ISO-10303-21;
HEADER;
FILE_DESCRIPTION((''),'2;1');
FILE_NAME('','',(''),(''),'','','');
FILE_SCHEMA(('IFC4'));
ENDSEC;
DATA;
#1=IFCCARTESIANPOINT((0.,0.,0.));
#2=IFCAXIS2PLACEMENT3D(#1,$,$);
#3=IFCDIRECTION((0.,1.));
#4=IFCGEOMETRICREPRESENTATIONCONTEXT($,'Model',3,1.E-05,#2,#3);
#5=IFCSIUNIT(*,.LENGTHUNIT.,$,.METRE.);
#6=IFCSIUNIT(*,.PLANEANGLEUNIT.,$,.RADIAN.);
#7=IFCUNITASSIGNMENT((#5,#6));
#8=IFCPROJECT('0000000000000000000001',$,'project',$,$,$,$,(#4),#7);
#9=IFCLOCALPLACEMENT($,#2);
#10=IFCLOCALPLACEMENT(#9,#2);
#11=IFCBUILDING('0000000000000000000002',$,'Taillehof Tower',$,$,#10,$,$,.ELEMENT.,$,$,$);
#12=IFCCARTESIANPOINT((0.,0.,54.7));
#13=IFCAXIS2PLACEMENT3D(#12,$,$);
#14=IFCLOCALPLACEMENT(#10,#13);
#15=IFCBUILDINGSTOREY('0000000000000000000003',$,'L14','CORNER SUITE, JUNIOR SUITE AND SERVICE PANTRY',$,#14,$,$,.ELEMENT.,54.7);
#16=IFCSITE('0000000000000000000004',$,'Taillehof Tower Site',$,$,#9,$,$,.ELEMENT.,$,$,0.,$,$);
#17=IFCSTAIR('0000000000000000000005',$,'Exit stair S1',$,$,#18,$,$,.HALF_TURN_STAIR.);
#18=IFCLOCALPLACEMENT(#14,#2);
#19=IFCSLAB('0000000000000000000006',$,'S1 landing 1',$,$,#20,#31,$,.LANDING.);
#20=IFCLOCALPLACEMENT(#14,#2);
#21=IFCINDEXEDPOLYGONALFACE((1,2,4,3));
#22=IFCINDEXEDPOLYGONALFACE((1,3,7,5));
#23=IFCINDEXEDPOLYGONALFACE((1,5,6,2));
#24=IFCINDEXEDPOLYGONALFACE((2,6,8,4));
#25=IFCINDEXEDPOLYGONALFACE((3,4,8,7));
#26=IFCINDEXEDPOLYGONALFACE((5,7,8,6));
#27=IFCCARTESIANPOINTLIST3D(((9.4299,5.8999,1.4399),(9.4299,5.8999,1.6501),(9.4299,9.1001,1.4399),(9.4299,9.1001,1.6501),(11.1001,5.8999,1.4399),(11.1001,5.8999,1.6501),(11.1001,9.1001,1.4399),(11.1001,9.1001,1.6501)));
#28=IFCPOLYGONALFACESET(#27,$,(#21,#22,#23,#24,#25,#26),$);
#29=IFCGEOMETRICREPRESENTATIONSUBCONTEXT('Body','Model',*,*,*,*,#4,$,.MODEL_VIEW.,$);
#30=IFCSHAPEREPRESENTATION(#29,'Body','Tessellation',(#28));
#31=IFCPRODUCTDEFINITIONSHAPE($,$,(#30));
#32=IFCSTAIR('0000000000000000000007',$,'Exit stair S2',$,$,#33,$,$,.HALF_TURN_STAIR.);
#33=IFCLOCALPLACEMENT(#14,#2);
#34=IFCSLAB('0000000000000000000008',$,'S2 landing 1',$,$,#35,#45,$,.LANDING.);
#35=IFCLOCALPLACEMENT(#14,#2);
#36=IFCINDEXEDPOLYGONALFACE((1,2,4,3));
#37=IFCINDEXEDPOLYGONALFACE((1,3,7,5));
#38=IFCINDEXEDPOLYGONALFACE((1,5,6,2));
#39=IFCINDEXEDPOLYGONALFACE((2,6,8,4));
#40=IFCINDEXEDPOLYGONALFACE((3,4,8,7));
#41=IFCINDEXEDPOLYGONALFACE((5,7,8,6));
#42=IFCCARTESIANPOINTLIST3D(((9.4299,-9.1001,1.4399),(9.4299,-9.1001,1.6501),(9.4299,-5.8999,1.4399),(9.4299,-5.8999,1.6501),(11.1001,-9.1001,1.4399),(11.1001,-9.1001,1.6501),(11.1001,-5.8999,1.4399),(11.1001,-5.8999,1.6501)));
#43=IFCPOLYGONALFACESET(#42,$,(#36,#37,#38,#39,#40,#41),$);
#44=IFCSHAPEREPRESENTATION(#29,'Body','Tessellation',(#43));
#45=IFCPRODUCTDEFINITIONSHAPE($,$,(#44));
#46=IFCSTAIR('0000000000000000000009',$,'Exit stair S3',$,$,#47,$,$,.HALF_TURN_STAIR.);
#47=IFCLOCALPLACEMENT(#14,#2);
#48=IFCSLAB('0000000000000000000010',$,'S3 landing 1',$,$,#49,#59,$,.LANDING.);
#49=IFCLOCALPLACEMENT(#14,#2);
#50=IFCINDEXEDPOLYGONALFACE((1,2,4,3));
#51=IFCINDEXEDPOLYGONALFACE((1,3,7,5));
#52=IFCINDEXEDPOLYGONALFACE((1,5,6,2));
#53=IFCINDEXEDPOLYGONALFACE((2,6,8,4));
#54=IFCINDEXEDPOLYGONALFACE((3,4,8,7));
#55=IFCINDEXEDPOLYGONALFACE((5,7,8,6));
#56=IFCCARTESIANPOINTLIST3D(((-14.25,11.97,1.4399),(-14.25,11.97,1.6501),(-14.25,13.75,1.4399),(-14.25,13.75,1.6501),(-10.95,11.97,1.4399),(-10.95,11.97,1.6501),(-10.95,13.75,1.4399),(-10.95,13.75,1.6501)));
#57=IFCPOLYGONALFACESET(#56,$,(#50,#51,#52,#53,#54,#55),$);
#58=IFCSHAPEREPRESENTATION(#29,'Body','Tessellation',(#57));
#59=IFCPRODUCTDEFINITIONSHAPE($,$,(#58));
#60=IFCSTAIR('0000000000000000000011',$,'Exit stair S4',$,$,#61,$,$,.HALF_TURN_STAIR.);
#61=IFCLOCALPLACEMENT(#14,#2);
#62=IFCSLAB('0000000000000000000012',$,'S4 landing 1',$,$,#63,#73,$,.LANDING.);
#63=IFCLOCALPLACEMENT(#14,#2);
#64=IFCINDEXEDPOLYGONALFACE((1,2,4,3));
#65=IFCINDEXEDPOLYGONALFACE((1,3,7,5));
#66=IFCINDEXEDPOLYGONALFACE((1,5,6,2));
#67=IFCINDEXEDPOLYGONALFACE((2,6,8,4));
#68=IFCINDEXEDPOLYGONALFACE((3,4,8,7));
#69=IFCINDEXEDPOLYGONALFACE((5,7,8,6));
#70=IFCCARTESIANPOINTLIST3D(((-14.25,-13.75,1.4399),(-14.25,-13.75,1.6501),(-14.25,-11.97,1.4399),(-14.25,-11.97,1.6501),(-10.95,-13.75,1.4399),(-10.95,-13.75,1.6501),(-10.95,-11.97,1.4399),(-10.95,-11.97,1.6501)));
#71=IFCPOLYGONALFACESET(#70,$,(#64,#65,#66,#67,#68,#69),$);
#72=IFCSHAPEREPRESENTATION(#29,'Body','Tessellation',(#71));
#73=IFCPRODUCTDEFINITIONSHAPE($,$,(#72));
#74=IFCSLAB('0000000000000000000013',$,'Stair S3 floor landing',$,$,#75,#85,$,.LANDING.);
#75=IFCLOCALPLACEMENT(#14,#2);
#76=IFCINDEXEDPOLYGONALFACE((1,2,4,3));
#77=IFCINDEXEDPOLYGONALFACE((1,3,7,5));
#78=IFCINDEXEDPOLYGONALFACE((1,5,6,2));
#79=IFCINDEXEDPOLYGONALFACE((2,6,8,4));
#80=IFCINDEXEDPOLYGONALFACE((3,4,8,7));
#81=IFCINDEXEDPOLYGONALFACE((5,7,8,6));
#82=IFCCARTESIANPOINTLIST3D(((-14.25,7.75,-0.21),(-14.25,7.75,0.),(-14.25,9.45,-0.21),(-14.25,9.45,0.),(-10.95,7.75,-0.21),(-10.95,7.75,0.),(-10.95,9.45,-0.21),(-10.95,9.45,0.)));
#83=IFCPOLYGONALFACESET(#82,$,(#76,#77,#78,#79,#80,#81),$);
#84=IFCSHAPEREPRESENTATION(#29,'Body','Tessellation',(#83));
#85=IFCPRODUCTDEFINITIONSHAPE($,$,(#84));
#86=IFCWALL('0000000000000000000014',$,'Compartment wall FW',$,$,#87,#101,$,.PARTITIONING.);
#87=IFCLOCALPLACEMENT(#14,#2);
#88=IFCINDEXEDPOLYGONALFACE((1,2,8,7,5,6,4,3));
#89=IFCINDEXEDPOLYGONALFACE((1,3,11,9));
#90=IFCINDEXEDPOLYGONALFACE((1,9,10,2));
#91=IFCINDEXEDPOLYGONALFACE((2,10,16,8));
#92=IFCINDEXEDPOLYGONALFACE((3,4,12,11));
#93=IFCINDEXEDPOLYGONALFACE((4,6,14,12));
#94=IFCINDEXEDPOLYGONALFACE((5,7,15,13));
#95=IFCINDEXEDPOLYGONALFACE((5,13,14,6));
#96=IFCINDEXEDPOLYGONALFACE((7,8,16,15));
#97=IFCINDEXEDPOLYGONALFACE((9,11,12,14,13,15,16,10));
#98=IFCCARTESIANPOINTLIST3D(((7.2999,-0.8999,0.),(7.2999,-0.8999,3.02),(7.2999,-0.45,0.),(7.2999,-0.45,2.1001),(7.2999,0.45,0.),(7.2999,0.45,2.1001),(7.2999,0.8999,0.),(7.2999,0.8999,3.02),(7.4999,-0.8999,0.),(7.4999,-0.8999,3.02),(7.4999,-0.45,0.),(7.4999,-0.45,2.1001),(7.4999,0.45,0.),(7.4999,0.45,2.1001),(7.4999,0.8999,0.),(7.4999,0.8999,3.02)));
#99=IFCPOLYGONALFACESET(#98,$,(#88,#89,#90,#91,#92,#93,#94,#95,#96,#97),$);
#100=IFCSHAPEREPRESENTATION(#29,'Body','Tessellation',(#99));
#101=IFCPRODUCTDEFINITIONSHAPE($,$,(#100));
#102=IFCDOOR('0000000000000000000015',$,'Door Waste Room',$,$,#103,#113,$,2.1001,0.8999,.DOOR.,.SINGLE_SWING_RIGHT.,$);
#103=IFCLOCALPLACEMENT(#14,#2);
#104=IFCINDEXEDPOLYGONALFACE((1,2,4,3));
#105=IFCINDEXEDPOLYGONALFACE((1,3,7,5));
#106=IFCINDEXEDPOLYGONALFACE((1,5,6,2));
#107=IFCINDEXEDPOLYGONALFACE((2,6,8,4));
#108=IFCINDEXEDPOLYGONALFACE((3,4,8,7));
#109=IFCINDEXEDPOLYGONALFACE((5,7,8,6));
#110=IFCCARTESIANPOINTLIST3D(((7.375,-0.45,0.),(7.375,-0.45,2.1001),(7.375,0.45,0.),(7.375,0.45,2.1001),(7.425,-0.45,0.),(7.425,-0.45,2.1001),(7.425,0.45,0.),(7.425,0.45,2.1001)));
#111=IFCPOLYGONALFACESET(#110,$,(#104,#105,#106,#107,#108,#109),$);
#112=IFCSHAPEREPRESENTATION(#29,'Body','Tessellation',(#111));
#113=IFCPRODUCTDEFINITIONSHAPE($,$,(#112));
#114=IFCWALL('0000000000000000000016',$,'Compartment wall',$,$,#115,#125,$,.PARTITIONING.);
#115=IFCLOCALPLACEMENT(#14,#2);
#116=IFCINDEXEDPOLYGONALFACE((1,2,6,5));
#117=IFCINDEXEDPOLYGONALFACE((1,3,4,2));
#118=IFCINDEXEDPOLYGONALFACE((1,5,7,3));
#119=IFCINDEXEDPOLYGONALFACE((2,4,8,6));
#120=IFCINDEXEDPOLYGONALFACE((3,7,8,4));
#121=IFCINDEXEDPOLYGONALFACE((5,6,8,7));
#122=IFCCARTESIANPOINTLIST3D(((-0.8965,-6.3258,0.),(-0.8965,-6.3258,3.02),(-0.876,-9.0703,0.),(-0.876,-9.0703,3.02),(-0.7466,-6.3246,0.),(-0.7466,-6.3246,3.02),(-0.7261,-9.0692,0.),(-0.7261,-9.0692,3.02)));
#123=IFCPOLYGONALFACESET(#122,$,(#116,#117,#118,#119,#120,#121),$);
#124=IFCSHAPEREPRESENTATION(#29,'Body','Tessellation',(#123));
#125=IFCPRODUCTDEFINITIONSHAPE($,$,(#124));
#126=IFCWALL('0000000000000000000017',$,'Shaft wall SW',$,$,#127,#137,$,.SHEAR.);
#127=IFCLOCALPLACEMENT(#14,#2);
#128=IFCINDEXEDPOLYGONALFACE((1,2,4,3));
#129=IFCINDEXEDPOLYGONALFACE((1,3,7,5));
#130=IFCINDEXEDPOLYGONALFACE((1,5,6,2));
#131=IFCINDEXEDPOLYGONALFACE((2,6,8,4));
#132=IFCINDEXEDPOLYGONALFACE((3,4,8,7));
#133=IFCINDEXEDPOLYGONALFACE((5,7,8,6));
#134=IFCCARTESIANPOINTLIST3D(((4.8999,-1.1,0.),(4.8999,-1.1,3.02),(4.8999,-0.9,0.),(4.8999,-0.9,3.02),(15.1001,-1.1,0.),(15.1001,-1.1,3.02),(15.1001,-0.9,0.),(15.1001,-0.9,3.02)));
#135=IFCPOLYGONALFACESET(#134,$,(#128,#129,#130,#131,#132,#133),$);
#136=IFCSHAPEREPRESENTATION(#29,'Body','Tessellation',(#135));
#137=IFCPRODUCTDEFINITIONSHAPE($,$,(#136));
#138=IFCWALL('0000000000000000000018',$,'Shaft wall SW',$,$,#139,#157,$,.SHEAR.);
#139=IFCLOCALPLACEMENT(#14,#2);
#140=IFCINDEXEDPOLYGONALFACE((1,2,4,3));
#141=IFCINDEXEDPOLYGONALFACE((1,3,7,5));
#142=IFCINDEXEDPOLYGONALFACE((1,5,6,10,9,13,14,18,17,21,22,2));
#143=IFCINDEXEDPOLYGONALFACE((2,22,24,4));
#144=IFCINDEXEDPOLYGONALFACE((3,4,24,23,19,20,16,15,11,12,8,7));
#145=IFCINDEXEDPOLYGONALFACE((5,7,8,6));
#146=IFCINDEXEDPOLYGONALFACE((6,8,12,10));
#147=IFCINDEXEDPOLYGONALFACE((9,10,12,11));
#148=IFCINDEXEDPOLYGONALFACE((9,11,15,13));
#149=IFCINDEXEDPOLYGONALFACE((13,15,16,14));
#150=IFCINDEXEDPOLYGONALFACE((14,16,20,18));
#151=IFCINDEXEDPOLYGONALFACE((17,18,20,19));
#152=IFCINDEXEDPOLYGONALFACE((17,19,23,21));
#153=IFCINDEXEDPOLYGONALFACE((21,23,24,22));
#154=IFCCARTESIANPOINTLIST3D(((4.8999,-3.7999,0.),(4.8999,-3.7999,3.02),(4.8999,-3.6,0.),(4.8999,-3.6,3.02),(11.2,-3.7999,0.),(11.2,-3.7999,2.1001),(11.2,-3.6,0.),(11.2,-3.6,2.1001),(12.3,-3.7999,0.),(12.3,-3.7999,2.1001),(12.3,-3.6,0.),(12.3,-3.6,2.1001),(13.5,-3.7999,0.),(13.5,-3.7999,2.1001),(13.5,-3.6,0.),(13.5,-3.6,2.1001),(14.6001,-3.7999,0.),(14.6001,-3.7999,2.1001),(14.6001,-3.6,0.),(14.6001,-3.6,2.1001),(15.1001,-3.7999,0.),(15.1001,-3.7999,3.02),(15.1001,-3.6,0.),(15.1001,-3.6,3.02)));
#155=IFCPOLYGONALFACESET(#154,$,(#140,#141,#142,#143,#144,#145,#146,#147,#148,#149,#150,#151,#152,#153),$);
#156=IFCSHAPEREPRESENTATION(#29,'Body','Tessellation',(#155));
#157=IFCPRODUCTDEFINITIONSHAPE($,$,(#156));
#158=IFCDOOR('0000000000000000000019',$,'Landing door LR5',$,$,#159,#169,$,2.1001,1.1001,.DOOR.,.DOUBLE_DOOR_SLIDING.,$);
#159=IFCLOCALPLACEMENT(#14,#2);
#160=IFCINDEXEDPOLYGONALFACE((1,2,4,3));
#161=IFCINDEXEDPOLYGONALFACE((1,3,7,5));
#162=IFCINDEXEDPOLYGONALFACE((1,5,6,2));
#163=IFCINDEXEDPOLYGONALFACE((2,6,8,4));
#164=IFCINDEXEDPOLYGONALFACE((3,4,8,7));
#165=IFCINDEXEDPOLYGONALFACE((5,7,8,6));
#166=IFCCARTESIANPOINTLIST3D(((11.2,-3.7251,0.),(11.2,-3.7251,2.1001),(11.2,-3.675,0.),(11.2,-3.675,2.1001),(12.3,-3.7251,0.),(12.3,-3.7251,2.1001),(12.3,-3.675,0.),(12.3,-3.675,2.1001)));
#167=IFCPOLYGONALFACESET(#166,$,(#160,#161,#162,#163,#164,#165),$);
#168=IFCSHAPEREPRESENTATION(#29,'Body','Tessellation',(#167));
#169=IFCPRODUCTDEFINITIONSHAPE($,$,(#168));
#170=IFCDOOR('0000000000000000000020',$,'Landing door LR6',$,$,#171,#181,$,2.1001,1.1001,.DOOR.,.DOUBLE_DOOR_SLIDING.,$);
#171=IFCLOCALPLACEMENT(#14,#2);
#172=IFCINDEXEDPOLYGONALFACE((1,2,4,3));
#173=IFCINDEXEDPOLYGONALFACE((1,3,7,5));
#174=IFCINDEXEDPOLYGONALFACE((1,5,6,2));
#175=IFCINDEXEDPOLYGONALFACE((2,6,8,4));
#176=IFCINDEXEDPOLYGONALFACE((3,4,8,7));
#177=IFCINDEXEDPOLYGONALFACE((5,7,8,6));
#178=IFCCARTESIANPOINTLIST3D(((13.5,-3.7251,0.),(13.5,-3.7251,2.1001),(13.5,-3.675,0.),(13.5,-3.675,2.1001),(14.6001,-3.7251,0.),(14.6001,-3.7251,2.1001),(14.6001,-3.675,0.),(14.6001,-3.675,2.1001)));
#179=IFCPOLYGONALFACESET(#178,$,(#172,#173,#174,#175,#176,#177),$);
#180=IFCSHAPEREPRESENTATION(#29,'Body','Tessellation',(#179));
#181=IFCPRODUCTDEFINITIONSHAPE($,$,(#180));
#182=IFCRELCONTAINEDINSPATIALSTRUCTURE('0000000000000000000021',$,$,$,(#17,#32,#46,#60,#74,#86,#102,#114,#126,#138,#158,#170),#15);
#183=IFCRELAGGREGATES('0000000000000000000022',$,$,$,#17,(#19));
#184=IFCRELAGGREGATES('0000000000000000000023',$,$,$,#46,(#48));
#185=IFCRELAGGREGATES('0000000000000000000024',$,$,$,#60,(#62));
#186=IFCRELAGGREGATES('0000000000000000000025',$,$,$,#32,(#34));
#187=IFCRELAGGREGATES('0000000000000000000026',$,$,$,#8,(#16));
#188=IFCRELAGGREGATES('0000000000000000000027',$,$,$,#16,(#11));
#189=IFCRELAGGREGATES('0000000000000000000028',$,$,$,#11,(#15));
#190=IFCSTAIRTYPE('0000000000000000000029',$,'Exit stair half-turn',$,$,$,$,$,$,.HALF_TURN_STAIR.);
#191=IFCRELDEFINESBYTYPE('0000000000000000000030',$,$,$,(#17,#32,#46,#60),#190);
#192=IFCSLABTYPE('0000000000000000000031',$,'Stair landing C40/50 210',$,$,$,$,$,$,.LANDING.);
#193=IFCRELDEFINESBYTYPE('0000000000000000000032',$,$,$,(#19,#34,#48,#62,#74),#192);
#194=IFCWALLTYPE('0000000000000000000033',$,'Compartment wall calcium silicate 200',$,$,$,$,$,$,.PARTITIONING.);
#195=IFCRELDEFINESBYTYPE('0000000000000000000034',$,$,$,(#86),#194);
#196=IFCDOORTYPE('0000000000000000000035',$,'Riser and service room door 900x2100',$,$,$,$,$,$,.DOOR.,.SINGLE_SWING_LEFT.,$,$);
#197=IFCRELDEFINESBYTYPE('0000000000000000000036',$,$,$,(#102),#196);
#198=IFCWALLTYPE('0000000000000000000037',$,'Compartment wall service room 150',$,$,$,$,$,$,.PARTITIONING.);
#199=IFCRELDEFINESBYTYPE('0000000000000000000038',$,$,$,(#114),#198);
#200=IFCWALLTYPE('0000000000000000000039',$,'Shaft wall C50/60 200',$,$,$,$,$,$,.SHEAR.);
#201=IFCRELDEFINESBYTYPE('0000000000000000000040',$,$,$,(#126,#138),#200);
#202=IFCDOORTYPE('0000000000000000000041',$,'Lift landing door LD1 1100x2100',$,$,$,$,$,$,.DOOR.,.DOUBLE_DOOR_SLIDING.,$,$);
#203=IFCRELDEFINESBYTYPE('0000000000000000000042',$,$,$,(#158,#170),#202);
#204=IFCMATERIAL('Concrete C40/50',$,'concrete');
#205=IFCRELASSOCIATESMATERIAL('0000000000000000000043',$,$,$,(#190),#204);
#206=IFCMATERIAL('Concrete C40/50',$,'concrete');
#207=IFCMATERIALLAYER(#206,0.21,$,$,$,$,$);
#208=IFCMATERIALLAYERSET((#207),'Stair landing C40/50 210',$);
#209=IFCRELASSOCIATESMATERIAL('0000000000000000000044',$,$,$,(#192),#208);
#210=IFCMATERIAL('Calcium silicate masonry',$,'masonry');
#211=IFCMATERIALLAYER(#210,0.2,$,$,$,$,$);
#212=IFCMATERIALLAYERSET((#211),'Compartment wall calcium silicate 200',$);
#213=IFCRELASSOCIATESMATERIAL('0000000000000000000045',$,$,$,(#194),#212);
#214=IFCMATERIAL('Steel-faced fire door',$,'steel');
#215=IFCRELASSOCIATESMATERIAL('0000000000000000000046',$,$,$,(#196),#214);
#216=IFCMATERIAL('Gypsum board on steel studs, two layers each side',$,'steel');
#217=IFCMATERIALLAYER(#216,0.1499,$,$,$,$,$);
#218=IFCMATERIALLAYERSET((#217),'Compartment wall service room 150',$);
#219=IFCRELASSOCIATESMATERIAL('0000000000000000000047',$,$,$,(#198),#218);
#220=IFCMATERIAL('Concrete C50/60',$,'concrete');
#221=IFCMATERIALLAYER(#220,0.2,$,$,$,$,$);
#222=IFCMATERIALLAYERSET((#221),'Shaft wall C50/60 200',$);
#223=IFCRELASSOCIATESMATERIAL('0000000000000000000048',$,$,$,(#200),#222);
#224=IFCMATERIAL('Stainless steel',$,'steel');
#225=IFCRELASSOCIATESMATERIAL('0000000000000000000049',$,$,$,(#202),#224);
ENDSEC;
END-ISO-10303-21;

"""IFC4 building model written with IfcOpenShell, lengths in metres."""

from ifc_helpers import new_model, si_unit, direction, frame, frame_2d, origin, place, context, subcontext, project, spatial, polyline, rectangle, outline, extrude, material, layer, layer_set, type_object, element, fill, aggregate, save


model = new_model("IFC4")

# Units and contexts
model_context = context("Model", 3, precision=1e-05, world=origin(), true_north=direction((0.0, 1.0)))
body_context = subcontext(model_context, "Body", "Model", "MODEL_VIEW")
ifc_project = project(units=[si_unit("LENGTHUNIT", "METRE"), si_unit("PLANEANGLEUNIT", "RADIAN")], contexts=[model_context])

# Site, building, storey
site_placement = place(None, origin())
site = spatial("IfcSite", under=ifc_project, at=site_placement, Name="Taillehof Tower Site", CompositionType="ELEMENT", RefElevation=0.0)
building_placement = place(site_placement, origin())
building = spatial("IfcBuilding", under=site, at=building_placement, Name="Taillehof Tower", CompositionType="ELEMENT")
storey_placement = place(building_placement, frame((0.0, 0.0, 54.7)))
storey = spatial("IfcBuildingStorey", under=building, at=storey_placement, Name="L14", Description="CORNER SUITE, JUNIOR SUITE AND SERVICE PANTRY", CompositionType="ELEMENT", Elevation=54.7)

# Stairs, slabs
ifc_material_1 = material(Name="Concrete C40/50", Category="concrete")
stair_type = type_object("IfcStairType", Name="Exit stair half-turn", PredefinedType="HALF_TURN_STAIR", material=ifc_material_1)
stair_1_placement = place(storey_placement, origin())
stair_1 = element("IfcStair", 1, at=stair_1_placement, inside=storey, type_object=stair_type, Name="Exit stair S1", PredefinedType="HALF_TURN_STAIR")
ifc_material_2 = material(Name="Concrete C40/50", Category="concrete")
ifc_layer_1 = layer(ifc_material_2, 0.21)
ifc_layer_set_1 = layer_set([ifc_layer_1], Name="Stair landing C40/50 210")
slab_type_1 = type_object("IfcSlabType", Name="Stair landing C40/50 210", PredefinedType="LANDING", material=ifc_layer_set_1)
slab_1_placement = place(storey_placement, frame((0.0, 0.0, 1.4399)))
slab_1 = element("IfcSlab", 2, at=slab_1_placement, type_object=slab_type_1, Name="S1 landing 1", PredefinedType="LANDING", context=body_context, shape_type="SweptSolid", body=[
    extrude(outline(polyline([(9.4299, 5.8999), (11.1001, 5.8999), (11.1001, 9.1001), (9.4299, 9.1001), (9.4299, 5.8999)])), origin(), (0.0, 0.0, 1.0), 0.2102),
])
aggregate(stair_1, [slab_1])
stair_2_placement = place(storey_placement, origin())
stair_2 = element("IfcStair", 3, at=stair_2_placement, inside=storey, type_object=stair_type, Name="Exit stair S2", PredefinedType="HALF_TURN_STAIR")
slab_2_placement = place(storey_placement, frame((0.0, 0.0, 1.4399)))
slab_2 = element("IfcSlab", 4, at=slab_2_placement, type_object=slab_type_1, Name="S2 landing 1", PredefinedType="LANDING", context=body_context, shape_type="SweptSolid", body=[
    extrude(outline(polyline([(9.4299, -5.8999), (11.1001, -5.8999), (11.1001, -9.1001), (9.4299, -9.1001), (9.4299, -5.8999)])), origin(), (0.0, 0.0, 1.0), 0.2102),
])
stair_3_placement = place(storey_placement, origin())
stair_3 = element("IfcStair", 5, at=stair_3_placement, inside=storey, type_object=stair_type, Name="Exit stair S3", PredefinedType="HALF_TURN_STAIR")
slab_3_placement = place(storey_placement, frame((0.0, 0.0, 1.4399)))
slab_3 = element("IfcSlab", 6, at=slab_3_placement, type_object=slab_type_1, Name="S3 landing 1", PredefinedType="LANDING", context=body_context, shape_type="SweptSolid", body=[
    extrude(outline(polyline([(-14.25, 11.97), (-14.25, 13.75), (-10.95, 13.75), (-10.95, 11.97), (-14.25, 11.97)])), origin(), (0.0, 0.0, 1.0), 0.2102),
])
aggregate(stair_3, [slab_3])
stair_4_placement = place(storey_placement, origin())
stair_4 = element("IfcStair", 7, at=stair_4_placement, inside=storey, type_object=stair_type, Name="Exit stair S4", PredefinedType="HALF_TURN_STAIR")
slab_4_placement = place(storey_placement, frame((0.0, 0.0, 1.4399)))
slab_4 = element("IfcSlab", 8, at=slab_4_placement, type_object=slab_type_1, Name="S4 landing 1", PredefinedType="LANDING", context=body_context, shape_type="SweptSolid", body=[
    extrude(outline(polyline([(-14.25, -11.97), (-14.25, -13.75), (-10.95, -13.75), (-10.95, -11.97), (-14.25, -11.97)])), origin(), (0.0, 0.0, 1.0), 0.2102),
])
aggregate(stair_4, [slab_4])

# Slab
slab_5_placement = place(storey_placement, frame((0.0, 0.0, -0.21)))
element("IfcSlab", 9, at=slab_5_placement, inside=storey, type_object=slab_type_1, Name="Stair S3 floor landing", PredefinedType="LANDING", context=body_context, shape_type="SweptSolid", body=[
    extrude(outline(polyline([(-14.25, 7.75), (-14.25, 9.45), (-10.95, 9.45), (-10.95, 7.75), (-14.25, 7.75)])), origin(), (0.0, 0.0, 1.0), 0.21),
])

# Wall, opening, door
ifc_material_3 = material(Name="Calcium silicate masonry", Category="masonry")
ifc_layer_2 = layer(ifc_material_3, 0.2)
ifc_layer_set_2 = layer_set([ifc_layer_2], Name="Compartment wall calcium silicate 200")
wall_type_1 = type_object("IfcWallType", Name="Compartment wall calcium silicate 200", PredefinedType="PARTITIONING", material=ifc_layer_set_2)
wall_1_placement = place(storey_placement, frame((7.3999, -0.8999, 0.0), z_axis=(0.0, 0.0, 1.0), x_axis=(0.0, 1.0, 0.0)))
wall_1 = element("IfcWall", 10, at=wall_1_placement, inside=storey, type_object=wall_type_1, Name="Compartment wall FW", PredefinedType="PARTITIONING", context=body_context, shape_type="SweptSolid", body=[
    extrude(rectangle(XDim=1.7998, YDim=0.2, at=frame_2d((0.8999, 0.0))), origin(), (0.0, 0.0, 1.0), 3.02),
])
opening_1_placement = place(wall_1_placement, frame((0.45, 0.0, 0.0)))
opening_1 = element("IfcOpeningElement", 11, at=opening_1_placement, cuts=wall_1, PredefinedType="OPENING", context=body_context, shape_type="SweptSolid", body=[
    extrude(rectangle(XDim=0.8999, YDim=2.1001, at=frame_2d((0.45, 1.05))), frame((0.0, 0.1099, 0.0), z_axis=(0.0, -1.0, 0.0), x_axis=(1.0, 0.0, 0.0)), (0.0, 0.0, 1.0), 0.22),
])
ifc_material_4 = material(Name="Steel-faced fire door", Category="steel")
door_type_1 = type_object("IfcDoorType", Name="Riser and service room door 900x2100", OperationType="SINGLE_SWING_LEFT", PredefinedType="DOOR", material=ifc_material_4)
door_1_placement = place(opening_1_placement, origin())
door_1 = element("IfcDoor", 12, at=door_1_placement, inside=storey, type_object=door_type_1, Name="Door Waste Room", OperationType="SINGLE_SWING_RIGHT", OverallHeight=2.1001, OverallWidth=0.8999, PredefinedType="DOOR", context=body_context, shape_type="SweptSolid", body=[
    extrude(rectangle(XDim=0.8999, YDim=2.1001, at=frame_2d((0.45, 1.05))), frame((0.0, 0.0249, 0.0), z_axis=(0.0, -1.0, 0.0), x_axis=(1.0, 0.0, 0.0)), (0.0, 0.0, 1.0), 0.05),
])
fill(opening_1, door_1)

# Walls
ifc_material_5 = material(Name="Gypsum board on steel studs, two layers each side", Category="steel")
ifc_layer_3 = layer(ifc_material_5, 0.1499)
ifc_layer_set_3 = layer_set([ifc_layer_3], Name="Compartment wall service room 150")
wall_type_2 = type_object("IfcWallType", Name="Compartment wall service room 150", PredefinedType="PARTITIONING", material=ifc_layer_set_3)
wall_2_placement = place(storey_placement, frame((-0.8215, -6.3252, 0.0), z_axis=(0.0, 0.0, 1.0), x_axis=(0.007472, -0.999972, 0.0)))
element("IfcWall", 13, at=wall_2_placement, inside=storey, type_object=wall_type_2, Name="Compartment wall", PredefinedType="PARTITIONING", context=body_context, shape_type="SweptSolid", body=[
    extrude(rectangle(XDim=2.7446, YDim=0.1499, at=frame_2d((1.3723, 0.0))), origin(), (0.0, 0.0, 1.0), 3.02),
])
ifc_material_6 = material(Name="Concrete C50/60", Category="concrete")
ifc_layer_4 = layer(ifc_material_6, 0.2)
ifc_layer_set_4 = layer_set([ifc_layer_4], Name="Shaft wall C50/60 200")
wall_type_3 = type_object("IfcWallType", Name="Shaft wall C50/60 200", PredefinedType="SHEAR", material=ifc_layer_set_4)
wall_3_placement = place(storey_placement, frame((4.8999, -1.0, 0.0), z_axis=(0.0, 0.0, 1.0), x_axis=(1.0, 0.0, 0.0)))
element("IfcWall", 14, at=wall_3_placement, inside=storey, type_object=wall_type_3, Name="Shaft wall SW", PredefinedType="SHEAR", context=body_context, shape_type="SweptSolid", body=[
    extrude(rectangle(XDim=10.2002, YDim=0.2, at=frame_2d((5.1001, 0.0))), origin(), (0.0, 0.0, 1.0), 3.02),
])

# Wall, openings, doors
wall_4_placement = place(storey_placement, frame((4.8999, -3.7, 0.0), z_axis=(0.0, 0.0, 1.0), x_axis=(1.0, 0.0, 0.0)))
wall_4 = element("IfcWall", 15, at=wall_4_placement, inside=storey, type_object=wall_type_3, Name="Shaft wall SW", PredefinedType="SHEAR", context=body_context, shape_type="SweptSolid", body=[
    extrude(rectangle(XDim=10.2002, YDim=0.2, at=frame_2d((5.1001, 0.0))), origin(), (0.0, 0.0, 1.0), 3.02),
])
opening_2_placement = place(wall_4_placement, frame((6.3, 0.0, 0.0)))
opening_2 = element("IfcOpeningElement", 16, at=opening_2_placement, cuts=wall_4, PredefinedType="OPENING", context=body_context, shape_type="SweptSolid", body=[
    extrude(rectangle(XDim=1.1001, YDim=2.1001, at=frame_2d((0.55, 1.05))), frame((0.0, 0.1099, 0.0), z_axis=(0.0, -1.0, 0.0), x_axis=(1.0, 0.0, 0.0)), (0.0, 0.0, 1.0), 0.22),
])
opening_3_placement = place(wall_4_placement, frame((8.6001, 0.0, 0.0)))
opening_3 = element("IfcOpeningElement", 17, at=opening_3_placement, cuts=wall_4, PredefinedType="OPENING", context=body_context, shape_type="SweptSolid", body=[
    extrude(rectangle(XDim=1.1001, YDim=2.1001, at=frame_2d((0.55, 1.05))), frame((0.0, 0.1099, 0.0), z_axis=(0.0, -1.0, 0.0), x_axis=(1.0, 0.0, 0.0)), (0.0, 0.0, 1.0), 0.22),
])
ifc_material_7 = material(Name="Stainless steel", Category="steel")
door_type_2 = type_object("IfcDoorType", Name="Lift landing door LD1 1100x2100", OperationType="DOUBLE_DOOR_SLIDING", PredefinedType="DOOR", material=ifc_material_7)
door_2_placement = place(opening_2_placement, origin())
door_2 = element("IfcDoor", 18, at=door_2_placement, inside=storey, type_object=door_type_2, Name="Landing door LR5", OperationType="DOUBLE_DOOR_SLIDING", OverallHeight=2.1001, OverallWidth=1.1001, PredefinedType="DOOR", context=body_context, shape_type="SweptSolid", body=[
    extrude(rectangle(XDim=1.1001, YDim=2.1001, at=frame_2d((0.55, 1.05))), frame((0.0, 0.0249, 0.0), z_axis=(0.0, -1.0, 0.0), x_axis=(1.0, 0.0, 0.0)), (0.0, 0.0, 1.0), 0.05),
])
fill(opening_2, door_2)
door_3_placement = place(opening_3_placement, origin())
door_3 = element("IfcDoor", 19, at=door_3_placement, inside=storey, type_object=door_type_2, Name="Landing door LR6", OperationType="DOUBLE_DOOR_SLIDING", OverallHeight=2.1001, OverallWidth=1.1001, PredefinedType="DOOR", context=body_context, shape_type="SweptSolid", body=[
    extrude(rectangle(XDim=1.1001, YDim=2.1001, at=frame_2d((0.55, 1.05))), frame((0.0, 0.0249, 0.0), z_axis=(0.0, -1.0, 0.0), x_axis=(1.0, 0.0, 0.0)), (0.0, 0.0, 1.0), 0.05),
])
fill(opening_3, door_3)

aggregate(stair_2, [slab_2])

save(model, "model.ifc")
